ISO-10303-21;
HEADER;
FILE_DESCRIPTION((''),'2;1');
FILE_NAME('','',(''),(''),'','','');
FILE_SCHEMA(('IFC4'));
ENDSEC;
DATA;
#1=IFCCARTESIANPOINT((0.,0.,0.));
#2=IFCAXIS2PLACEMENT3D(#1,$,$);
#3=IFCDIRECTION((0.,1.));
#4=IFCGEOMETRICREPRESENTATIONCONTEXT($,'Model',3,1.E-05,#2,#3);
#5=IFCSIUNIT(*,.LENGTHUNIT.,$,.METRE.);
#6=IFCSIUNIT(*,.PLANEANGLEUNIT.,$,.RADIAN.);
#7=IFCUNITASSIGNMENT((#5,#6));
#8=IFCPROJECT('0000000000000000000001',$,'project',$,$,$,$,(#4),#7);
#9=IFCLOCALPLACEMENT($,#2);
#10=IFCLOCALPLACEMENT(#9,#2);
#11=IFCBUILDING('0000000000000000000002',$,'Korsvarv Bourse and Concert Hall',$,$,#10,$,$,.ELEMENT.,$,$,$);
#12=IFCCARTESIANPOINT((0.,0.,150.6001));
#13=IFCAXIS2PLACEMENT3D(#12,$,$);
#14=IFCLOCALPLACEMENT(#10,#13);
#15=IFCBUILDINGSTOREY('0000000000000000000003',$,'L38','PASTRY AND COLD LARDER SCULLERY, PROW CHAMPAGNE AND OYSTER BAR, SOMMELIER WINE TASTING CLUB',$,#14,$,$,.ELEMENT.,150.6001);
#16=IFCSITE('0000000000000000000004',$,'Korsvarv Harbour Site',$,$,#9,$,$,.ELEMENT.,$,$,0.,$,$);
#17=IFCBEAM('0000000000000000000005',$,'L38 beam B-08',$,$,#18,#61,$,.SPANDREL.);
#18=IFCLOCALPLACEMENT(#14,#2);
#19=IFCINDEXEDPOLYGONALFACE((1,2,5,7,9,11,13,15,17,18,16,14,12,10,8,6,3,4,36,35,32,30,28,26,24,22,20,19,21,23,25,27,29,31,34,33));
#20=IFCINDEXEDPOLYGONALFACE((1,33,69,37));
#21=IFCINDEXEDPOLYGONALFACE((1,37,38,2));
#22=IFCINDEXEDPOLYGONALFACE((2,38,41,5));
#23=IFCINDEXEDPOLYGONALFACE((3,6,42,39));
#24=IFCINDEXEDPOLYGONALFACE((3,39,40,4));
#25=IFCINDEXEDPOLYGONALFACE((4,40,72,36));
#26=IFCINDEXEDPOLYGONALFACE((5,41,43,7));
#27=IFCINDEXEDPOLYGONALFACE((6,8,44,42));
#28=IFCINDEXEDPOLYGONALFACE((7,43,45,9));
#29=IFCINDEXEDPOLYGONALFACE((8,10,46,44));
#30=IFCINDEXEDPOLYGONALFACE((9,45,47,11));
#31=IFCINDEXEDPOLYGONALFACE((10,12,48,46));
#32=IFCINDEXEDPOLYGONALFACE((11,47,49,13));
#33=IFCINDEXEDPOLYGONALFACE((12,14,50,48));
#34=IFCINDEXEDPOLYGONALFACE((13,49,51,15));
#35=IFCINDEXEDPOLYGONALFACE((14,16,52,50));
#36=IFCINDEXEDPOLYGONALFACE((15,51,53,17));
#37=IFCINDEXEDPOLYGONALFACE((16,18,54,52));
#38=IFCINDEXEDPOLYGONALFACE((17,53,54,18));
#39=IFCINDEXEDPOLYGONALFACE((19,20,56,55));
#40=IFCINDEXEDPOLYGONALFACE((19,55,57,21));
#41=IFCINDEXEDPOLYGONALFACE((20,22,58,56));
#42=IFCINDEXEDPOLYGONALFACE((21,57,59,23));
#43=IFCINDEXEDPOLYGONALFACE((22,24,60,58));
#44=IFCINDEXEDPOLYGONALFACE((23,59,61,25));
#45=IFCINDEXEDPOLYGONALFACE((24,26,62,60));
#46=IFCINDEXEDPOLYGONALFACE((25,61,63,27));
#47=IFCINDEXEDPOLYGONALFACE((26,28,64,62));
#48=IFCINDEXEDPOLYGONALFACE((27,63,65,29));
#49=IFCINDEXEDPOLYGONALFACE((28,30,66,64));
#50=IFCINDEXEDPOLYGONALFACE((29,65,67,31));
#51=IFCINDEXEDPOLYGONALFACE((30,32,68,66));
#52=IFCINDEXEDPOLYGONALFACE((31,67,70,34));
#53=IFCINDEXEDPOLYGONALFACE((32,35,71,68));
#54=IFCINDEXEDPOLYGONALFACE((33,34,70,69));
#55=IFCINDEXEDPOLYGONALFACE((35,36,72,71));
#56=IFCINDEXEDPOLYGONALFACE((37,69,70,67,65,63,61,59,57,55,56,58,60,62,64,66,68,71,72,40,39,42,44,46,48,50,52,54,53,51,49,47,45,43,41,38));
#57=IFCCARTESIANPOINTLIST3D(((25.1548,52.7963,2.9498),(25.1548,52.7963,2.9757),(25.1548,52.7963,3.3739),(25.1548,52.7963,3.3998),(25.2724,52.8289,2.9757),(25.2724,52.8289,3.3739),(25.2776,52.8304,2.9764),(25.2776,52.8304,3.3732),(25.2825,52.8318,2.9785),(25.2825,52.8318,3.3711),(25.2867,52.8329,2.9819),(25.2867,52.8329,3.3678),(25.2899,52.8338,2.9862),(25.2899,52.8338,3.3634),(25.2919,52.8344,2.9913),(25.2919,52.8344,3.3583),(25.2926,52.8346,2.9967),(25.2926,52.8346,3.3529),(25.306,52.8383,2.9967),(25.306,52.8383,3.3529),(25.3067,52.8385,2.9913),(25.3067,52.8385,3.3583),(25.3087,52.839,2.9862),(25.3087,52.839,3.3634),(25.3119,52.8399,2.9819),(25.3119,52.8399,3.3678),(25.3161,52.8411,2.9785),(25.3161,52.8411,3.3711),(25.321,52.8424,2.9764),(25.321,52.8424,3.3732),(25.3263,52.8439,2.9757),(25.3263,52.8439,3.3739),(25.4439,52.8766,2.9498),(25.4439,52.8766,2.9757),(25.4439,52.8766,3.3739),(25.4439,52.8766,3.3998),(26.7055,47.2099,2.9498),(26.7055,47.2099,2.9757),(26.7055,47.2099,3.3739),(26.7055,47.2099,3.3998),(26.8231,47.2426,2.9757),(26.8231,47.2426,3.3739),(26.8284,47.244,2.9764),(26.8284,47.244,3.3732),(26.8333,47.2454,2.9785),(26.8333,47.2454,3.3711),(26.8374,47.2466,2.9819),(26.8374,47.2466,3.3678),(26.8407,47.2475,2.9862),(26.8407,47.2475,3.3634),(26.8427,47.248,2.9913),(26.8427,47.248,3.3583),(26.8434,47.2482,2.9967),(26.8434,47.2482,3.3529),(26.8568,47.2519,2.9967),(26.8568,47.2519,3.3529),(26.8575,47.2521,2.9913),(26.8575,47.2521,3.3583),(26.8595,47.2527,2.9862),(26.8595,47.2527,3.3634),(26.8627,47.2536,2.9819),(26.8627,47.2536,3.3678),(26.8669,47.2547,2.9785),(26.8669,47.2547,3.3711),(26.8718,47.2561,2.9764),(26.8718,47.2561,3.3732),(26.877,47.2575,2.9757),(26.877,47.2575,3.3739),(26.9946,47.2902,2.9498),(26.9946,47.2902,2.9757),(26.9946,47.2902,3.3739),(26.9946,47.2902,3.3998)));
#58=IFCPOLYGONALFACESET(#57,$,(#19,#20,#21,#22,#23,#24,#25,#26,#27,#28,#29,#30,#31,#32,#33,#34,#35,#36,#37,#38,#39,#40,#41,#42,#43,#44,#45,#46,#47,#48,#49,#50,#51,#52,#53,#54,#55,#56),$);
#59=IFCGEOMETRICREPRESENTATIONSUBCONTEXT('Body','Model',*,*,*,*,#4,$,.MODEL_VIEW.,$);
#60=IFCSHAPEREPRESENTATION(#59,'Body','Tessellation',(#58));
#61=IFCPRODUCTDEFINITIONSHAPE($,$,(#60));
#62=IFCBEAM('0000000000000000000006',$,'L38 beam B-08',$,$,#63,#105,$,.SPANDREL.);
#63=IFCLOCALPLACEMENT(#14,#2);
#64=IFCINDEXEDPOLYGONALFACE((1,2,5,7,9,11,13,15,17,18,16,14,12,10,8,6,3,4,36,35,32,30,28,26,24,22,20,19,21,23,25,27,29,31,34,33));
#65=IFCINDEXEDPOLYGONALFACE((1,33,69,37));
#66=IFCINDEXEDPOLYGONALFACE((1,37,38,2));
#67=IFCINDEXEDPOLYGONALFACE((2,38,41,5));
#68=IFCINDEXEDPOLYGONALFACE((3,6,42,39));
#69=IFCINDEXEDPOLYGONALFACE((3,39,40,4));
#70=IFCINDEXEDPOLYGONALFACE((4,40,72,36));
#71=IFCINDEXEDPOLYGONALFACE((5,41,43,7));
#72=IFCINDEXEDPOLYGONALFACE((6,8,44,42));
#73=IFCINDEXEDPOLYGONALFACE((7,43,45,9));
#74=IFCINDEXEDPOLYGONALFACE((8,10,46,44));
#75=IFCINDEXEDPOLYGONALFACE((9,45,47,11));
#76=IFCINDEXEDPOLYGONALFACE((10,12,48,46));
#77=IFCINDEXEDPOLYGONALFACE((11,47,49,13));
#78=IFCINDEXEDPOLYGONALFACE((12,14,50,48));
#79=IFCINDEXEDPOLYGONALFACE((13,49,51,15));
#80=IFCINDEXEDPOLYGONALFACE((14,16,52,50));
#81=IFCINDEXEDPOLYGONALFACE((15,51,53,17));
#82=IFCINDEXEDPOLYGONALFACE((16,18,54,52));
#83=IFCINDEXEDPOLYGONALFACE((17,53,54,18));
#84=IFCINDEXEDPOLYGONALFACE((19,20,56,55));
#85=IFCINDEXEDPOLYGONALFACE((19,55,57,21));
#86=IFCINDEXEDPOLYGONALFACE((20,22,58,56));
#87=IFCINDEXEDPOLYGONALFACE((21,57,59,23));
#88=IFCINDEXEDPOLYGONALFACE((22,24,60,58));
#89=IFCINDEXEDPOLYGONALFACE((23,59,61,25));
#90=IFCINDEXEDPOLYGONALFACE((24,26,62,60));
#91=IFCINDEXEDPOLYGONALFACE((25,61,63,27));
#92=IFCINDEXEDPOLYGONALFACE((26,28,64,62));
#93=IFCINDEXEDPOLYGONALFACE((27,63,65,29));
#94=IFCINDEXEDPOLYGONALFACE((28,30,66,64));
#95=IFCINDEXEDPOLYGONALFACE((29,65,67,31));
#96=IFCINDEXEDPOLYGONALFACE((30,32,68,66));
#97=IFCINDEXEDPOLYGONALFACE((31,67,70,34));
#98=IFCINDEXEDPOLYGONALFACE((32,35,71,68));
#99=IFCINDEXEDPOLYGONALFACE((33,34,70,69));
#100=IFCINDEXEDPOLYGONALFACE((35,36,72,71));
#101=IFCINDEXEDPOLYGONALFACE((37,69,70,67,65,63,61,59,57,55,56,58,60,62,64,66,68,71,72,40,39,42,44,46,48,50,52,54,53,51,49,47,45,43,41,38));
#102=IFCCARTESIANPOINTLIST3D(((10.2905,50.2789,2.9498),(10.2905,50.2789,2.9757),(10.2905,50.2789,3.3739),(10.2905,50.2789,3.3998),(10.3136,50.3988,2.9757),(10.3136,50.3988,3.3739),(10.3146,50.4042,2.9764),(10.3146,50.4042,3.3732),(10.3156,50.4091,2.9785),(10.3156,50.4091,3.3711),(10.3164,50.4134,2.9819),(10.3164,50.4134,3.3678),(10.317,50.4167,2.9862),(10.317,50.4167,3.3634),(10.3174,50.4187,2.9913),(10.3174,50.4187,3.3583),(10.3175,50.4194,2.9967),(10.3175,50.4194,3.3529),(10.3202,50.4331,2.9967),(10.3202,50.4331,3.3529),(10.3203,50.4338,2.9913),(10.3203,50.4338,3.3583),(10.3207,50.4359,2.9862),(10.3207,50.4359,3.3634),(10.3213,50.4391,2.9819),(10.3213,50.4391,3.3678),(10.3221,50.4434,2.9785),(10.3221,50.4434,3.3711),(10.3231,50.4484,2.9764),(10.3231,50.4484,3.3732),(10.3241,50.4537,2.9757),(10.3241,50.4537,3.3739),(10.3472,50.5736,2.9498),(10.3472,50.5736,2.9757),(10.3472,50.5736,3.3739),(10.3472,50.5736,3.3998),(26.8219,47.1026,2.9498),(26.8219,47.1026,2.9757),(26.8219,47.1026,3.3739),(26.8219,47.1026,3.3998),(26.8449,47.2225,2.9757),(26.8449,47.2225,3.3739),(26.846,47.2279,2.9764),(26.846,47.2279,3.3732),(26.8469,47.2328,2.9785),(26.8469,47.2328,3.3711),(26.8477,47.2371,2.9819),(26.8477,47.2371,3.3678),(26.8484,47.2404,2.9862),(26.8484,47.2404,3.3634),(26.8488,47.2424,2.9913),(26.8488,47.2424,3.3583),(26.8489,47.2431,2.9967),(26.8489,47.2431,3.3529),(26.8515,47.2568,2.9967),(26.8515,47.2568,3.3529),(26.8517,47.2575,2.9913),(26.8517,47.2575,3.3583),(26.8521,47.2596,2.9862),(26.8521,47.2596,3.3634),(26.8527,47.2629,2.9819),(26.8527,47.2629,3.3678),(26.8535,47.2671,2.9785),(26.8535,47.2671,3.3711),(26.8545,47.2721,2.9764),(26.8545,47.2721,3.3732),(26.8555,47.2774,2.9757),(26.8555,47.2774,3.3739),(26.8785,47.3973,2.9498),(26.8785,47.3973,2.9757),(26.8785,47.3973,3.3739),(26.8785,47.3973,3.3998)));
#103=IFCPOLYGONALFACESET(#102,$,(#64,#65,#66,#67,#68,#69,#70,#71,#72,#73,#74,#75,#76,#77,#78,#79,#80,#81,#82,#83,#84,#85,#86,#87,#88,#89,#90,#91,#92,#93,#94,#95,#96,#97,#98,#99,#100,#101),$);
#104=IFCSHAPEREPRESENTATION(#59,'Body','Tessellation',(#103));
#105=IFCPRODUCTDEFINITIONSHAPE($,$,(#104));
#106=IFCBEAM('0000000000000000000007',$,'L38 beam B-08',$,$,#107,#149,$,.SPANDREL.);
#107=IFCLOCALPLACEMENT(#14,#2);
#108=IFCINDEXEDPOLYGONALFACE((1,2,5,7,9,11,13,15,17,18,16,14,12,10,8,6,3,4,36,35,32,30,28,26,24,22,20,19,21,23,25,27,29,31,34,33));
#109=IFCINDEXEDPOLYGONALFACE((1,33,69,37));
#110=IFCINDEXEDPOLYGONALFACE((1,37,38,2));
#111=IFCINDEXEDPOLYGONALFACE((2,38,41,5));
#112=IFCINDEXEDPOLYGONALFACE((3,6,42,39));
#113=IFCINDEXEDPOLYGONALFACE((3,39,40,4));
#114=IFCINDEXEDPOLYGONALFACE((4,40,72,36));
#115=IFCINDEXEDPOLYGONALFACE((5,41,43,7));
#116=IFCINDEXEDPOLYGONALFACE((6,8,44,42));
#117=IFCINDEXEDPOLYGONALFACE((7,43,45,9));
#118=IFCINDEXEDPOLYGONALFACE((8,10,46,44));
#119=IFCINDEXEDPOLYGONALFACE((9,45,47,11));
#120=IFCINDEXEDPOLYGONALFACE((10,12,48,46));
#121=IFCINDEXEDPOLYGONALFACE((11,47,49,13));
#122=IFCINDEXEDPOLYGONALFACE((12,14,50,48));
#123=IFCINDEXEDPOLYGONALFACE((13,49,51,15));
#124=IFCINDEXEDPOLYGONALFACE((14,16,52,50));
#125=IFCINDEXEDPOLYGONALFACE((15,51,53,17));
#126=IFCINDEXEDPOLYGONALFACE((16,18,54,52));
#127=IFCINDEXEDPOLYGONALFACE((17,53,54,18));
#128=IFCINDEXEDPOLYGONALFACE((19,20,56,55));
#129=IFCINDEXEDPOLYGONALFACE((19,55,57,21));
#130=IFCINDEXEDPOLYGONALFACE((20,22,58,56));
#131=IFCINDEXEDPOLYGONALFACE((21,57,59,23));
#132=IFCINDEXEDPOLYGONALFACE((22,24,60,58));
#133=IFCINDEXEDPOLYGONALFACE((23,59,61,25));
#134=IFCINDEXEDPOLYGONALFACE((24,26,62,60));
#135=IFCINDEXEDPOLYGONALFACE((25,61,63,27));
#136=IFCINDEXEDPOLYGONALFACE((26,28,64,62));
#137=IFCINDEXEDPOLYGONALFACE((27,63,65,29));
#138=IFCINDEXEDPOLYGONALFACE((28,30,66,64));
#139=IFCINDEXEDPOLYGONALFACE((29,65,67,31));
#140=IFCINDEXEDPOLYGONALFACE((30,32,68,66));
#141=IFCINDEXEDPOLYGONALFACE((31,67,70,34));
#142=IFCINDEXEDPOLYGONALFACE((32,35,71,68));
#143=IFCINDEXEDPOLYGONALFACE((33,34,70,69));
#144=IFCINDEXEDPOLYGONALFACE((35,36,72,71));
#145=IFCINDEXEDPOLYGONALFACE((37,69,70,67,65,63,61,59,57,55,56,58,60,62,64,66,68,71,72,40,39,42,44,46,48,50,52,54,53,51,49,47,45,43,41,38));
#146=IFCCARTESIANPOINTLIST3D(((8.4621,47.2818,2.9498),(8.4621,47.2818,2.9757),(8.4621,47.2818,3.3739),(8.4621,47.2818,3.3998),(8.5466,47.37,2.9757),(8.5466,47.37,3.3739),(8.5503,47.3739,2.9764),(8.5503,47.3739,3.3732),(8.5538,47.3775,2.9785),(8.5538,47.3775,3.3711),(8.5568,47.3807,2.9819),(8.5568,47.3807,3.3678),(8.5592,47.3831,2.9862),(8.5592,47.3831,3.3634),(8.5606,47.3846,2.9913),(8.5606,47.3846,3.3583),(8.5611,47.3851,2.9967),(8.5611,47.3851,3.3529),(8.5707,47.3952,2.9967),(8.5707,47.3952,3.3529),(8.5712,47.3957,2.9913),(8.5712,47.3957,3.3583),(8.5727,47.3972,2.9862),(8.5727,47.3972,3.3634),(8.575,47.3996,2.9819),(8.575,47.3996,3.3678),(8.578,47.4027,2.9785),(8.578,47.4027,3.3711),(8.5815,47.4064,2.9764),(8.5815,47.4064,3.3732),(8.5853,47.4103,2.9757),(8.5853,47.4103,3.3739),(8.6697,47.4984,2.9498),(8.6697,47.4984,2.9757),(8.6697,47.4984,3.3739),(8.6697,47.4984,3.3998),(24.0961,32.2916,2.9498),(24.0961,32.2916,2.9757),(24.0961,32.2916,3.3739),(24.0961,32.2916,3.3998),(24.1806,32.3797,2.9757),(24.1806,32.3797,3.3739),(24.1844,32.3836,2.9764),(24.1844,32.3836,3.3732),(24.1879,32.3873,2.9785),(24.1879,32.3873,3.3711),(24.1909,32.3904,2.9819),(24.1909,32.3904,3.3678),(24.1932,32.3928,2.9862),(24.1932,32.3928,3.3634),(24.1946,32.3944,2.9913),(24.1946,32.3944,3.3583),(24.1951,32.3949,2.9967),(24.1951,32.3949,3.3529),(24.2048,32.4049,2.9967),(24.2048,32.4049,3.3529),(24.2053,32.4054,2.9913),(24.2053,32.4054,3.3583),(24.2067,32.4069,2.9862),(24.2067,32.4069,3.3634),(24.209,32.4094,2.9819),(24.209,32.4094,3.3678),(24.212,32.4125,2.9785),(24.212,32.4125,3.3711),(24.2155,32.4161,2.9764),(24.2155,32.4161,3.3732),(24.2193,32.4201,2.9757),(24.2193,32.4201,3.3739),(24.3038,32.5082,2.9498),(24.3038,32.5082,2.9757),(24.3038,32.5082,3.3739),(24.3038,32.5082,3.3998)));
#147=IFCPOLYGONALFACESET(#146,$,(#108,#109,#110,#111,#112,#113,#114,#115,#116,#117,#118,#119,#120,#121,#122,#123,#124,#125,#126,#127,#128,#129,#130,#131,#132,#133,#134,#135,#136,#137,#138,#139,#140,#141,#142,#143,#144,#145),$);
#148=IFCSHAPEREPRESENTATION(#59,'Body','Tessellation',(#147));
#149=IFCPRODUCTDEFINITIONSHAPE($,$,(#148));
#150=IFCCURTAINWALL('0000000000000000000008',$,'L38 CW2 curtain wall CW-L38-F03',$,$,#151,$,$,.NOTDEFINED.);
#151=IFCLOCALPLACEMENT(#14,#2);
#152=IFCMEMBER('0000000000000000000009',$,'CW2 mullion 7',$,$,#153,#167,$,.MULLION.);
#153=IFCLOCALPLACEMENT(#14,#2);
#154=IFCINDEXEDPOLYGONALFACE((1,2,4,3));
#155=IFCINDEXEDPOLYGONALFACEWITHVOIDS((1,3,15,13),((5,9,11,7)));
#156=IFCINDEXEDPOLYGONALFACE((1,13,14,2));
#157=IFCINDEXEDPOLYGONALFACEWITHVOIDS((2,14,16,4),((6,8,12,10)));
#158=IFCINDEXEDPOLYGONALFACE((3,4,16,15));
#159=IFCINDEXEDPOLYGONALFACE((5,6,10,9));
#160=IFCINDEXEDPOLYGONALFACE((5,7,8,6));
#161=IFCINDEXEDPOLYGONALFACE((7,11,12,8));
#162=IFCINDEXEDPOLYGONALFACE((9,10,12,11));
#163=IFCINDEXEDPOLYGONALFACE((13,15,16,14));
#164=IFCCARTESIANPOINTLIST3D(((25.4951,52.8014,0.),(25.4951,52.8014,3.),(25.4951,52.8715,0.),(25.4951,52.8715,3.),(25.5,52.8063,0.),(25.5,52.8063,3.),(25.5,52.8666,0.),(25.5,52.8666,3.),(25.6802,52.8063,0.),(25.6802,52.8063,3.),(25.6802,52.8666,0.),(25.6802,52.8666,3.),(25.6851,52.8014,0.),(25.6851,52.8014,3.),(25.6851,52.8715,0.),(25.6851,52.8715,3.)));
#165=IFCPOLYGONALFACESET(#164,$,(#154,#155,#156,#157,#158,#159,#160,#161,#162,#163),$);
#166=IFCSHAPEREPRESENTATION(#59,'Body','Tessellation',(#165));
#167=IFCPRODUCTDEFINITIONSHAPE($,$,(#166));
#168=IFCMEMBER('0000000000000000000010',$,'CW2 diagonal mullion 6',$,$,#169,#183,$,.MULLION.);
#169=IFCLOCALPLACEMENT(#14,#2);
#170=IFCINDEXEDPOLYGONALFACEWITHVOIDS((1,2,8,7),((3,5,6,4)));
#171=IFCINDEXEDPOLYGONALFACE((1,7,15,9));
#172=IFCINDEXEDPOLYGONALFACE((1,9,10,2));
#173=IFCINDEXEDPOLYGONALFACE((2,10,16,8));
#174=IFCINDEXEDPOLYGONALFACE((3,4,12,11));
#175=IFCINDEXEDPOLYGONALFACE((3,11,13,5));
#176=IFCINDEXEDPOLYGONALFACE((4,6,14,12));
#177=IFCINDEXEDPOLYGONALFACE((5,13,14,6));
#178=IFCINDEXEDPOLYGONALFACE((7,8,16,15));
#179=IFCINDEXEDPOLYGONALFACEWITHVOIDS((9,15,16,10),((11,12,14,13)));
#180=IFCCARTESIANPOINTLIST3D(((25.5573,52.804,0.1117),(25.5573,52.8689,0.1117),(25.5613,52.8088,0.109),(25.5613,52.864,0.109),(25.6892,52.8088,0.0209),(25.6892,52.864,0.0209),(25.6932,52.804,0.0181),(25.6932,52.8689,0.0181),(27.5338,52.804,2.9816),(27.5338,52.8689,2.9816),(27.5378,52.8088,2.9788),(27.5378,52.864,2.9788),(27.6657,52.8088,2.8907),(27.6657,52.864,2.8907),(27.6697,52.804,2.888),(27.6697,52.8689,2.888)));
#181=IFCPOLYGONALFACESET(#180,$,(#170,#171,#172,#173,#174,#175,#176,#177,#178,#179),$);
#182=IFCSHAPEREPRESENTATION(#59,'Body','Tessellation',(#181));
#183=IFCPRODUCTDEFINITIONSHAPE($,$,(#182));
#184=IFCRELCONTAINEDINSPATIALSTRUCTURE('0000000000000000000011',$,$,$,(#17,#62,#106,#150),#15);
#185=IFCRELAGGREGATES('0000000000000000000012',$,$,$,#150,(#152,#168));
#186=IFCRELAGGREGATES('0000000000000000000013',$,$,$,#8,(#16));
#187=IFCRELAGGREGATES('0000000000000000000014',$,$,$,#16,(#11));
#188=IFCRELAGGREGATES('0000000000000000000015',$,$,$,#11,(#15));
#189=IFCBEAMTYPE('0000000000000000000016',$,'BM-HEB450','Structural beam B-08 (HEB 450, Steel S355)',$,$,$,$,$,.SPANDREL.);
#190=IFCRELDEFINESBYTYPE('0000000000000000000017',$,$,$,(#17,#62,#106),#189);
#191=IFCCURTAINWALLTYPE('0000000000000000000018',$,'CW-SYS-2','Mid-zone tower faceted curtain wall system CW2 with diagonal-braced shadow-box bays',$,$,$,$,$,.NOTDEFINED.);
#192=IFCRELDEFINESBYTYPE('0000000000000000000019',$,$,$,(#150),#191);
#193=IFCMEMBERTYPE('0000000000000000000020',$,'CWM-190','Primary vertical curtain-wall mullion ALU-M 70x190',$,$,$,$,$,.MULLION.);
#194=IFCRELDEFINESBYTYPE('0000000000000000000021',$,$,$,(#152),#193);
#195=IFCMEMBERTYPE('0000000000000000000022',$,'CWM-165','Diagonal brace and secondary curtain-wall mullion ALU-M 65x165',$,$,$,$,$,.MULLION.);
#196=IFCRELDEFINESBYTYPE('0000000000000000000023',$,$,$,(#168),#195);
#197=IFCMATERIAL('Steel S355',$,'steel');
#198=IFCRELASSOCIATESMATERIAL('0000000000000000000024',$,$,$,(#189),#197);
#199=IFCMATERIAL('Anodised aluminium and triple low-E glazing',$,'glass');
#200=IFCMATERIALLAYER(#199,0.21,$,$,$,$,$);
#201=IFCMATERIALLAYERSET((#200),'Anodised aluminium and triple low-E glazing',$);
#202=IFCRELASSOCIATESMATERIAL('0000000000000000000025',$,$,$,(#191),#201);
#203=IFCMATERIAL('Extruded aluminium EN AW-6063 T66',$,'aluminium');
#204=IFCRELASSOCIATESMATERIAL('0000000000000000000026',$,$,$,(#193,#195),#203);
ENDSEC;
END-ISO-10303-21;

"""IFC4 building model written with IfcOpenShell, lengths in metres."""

from ifc_helpers import new_model, si_unit, direction, frame, origin, origin_2d, place, context, subcontext, project, spatial, hollow_rectangle, i_section, extrude, source, transform, mapped, material, layer, layer_set, material_profile, profile_set, type_object, element, aggregate, save


model = new_model("IFC4")

# Units and contexts
model_context = context("Model", 3, precision=1e-05, world=origin(), true_north=direction((0.0, 1.0)))
body_context = subcontext(model_context, "Body", "Model", "MODEL_VIEW")
ifc_project = project(units=[si_unit("LENGTHUNIT", "METRE"), si_unit("PLANEANGLEUNIT", "RADIAN")], contexts=[model_context])

# Site, building, storey
site_placement = place(None, origin())
site = spatial("IfcSite", under=ifc_project, at=site_placement, Name="Korsvarv Harbour Site", CompositionType="ELEMENT", RefElevation=0.0)
building_placement = place(site_placement, origin())
building = spatial("IfcBuilding", under=site, at=building_placement, Name="Korsvarv Bourse and Concert Hall", CompositionType="ELEMENT")
storey_placement = place(building_placement, frame((0.0, 0.0, 150.6001)))
storey = spatial("IfcBuildingStorey", under=building, at=storey_placement, Name="L38", Description="PASTRY AND COLD LARDER SCULLERY, PROW CHAMPAGNE AND OYSTER BAR, SOMMELIER WINE TASTING CLUB", CompositionType="ELEMENT", Elevation=150.6001)

# Shared definitions
ifc_material_1 = material(Name="Steel S355", Category="steel")

# Beams
ifc_material_profile_1 = material_profile(ifc_material_1, i_section(OverallWidth=0.3, OverallDepth=0.45, WebThickness=0.0139, FlangeThickness=0.0259, FilletRadius=0.021, at=origin_2d()), Name="HEB 450")
ifc_profile_set_1 = profile_set([ifc_material_profile_1], Name="Steel S355")
beam_type_1 = type_object("IfcBeamType", Name="BM-HEB450", Description="Structural beam B-08 (HEB 450, Steel S355)", PredefinedType="SPANDREL", material=ifc_profile_set_1)
shared_shape_1 = source(origin(), body_context, "Body", "SweptSolid", [
    extrude(i_section(OverallWidth=0.3, OverallDepth=0.45, WebThickness=0.0139, FlangeThickness=0.0259, FilletRadius=0.021, at=origin_2d()), origin(), (0.0, 0.0, 1.0), 5.7976),
])
beam_1_placement = place(storey_placement, frame((25.2993, 52.8364, 3.1748), z_axis=(0.267483, -0.963563, 0.0), x_axis=(0.963563, 0.267483, 0.0)))
element("IfcBeam", 1, at=beam_1_placement, inside=storey, type_object=beam_type_1, Name="L38 beam B-08", PredefinedType="SPANDREL", context=body_context, shape_type="MappedRepresentation", body=[
    mapped(shared_shape_1, transform((0.0, 0.0, 0.0), scale=1.0)),
])
shared_shape_2 = source(origin(), body_context, "Body", "SweptSolid", [
    extrude(i_section(OverallWidth=0.3, OverallDepth=0.45, WebThickness=0.0139, FlangeThickness=0.0259, FilletRadius=0.021, at=origin_2d()), origin(), (0.0, 0.0, 1.0), 16.8337),
])
beam_2_placement = place(storey_placement, frame((10.3188, 50.4263, 3.1748), z_axis=(0.982037, -0.188686, 0.0), x_axis=(0.188686, 0.982037, 0.0)))
element("IfcBeam", 2, at=beam_2_placement, inside=storey, type_object=beam_type_1, Name="L38 beam B-08", PredefinedType="SPANDREL", context=body_context, shape_type="MappedRepresentation", body=[
    mapped(shared_shape_2, transform((0.0, 0.0, 0.0), scale=1.0)),
])
shared_shape_3 = source(origin(), body_context, "Body", "SweptSolid", [
    extrude(i_section(OverallWidth=0.3, OverallDepth=0.45, WebThickness=0.0139, FlangeThickness=0.0259, FilletRadius=0.021, at=origin_2d()), origin(), (0.0, 0.0, 1.0), 21.6594),
])
beam_3_placement = place(storey_placement, frame((8.5659, 47.3901, 3.1748), z_axis=(0.721812, -0.692089, 0.0), x_axis=(0.692089, 0.721812, 0.0)))
element("IfcBeam", 3, at=beam_3_placement, inside=storey, type_object=beam_type_1, Name="L38 beam B-08", PredefinedType="SPANDREL", context=body_context, shape_type="MappedRepresentation", body=[
    mapped(shared_shape_3, transform((0.0, 0.0, 0.0), scale=1.0)),
])

# Curtain wall, members
ifc_material_2 = material(Name="Anodised aluminium and triple low-E glazing", Category="glass")
ifc_layer_1 = layer(ifc_material_2, 0.21)
ifc_layer_set_1 = layer_set([ifc_layer_1], Name="Anodised aluminium and triple low-E glazing")
curtain_wall_type = type_object("IfcCurtainWallType", Name="CW-SYS-2", Description="Mid-zone tower faceted curtain wall system CW2 with diagonal-braced shadow-box bays", PredefinedType="NOTDEFINED", material=ifc_layer_set_1)
curtain_wall_placement = place(storey_placement, origin())
curtain_wall = element("IfcCurtainWall", 4, at=curtain_wall_placement, inside=storey, type_object=curtain_wall_type, Name="L38 CW2 curtain wall CW-L38-F03", PredefinedType="NOTDEFINED")
ifc_material_3 = material(Name="Extruded aluminium EN AW-6063 T66", Category="aluminium")
ifc_material_profile_2 = material_profile(ifc_material_3, hollow_rectangle(XDim=0.0701, YDim=0.1899, WallThickness=0.0049, at=origin_2d()), Name="ALU-M 70x190")
ifc_profile_set_2 = profile_set([ifc_material_profile_2], Name="Extruded aluminium EN AW-6063 T66")
member_type_1 = type_object("IfcMemberType", Name="CWM-190", Description="Primary vertical curtain-wall mullion ALU-M 70x190", PredefinedType="MULLION", material=ifc_profile_set_2)
shared_shape_4 = source(origin(), body_context, "Body", "SweptSolid", [
    extrude(hollow_rectangle(XDim=0.0701, YDim=0.1899, WallThickness=0.0049, at=origin_2d()), origin(), (0.0, 0.0, 1.0), 3.0),
])
member_1_placement = place(storey_placement, frame((25.5901, 52.8364, 0.0), z_axis=(0.0, 0.0, 1.0), x_axis=(0.0, -1.0, 0.0)))
member_1 = element("IfcMember", 5, at=member_1_placement, type_object=member_type_1, Name="CW2 mullion 7", PredefinedType="MULLION", context=body_context, shape_type="MappedRepresentation", body=[
    mapped(shared_shape_4, transform((0.0, 0.0, 0.0), scale=1.0)),
])
ifc_material_profile_3 = material_profile(ifc_material_3, hollow_rectangle(XDim=0.0649, YDim=0.165, WallThickness=0.0049, at=origin_2d()), Name="ALU-M 65x165")
ifc_profile_set_3 = profile_set([ifc_material_profile_3], Name="Extruded aluminium EN AW-6063 T66")
member_type_2 = type_object("IfcMemberType", Name="CWM-165", Description="Diagonal brace and secondary curtain-wall mullion ALU-M 65x165", PredefinedType="MULLION", material=ifc_profile_set_3)
shared_shape_5 = source(origin(), body_context, "Body", "SweptSolid", [
    extrude(hollow_rectangle(XDim=0.0649, YDim=0.165, WallThickness=0.0049, at=origin_2d()), origin(), (0.0, 0.0, 1.0), 3.4846),
])
member_2_placement = place(storey_placement, frame((25.6252, 52.8364, 0.0649), z_axis=(0.567215, 0.0, 0.823569), x_axis=(0.0, 1.0, 0.0)))
member_2 = element("IfcMember", 6, at=member_2_placement, type_object=member_type_2, Name="CW2 diagonal mullion 6", PredefinedType="MULLION", context=body_context, shape_type="MappedRepresentation", body=[
    mapped(shared_shape_5, transform((0.0, 0.0, 0.0), scale=1.0)),
])
aggregate(curtain_wall, [member_1, member_2])

save(model, "model.ifc")
